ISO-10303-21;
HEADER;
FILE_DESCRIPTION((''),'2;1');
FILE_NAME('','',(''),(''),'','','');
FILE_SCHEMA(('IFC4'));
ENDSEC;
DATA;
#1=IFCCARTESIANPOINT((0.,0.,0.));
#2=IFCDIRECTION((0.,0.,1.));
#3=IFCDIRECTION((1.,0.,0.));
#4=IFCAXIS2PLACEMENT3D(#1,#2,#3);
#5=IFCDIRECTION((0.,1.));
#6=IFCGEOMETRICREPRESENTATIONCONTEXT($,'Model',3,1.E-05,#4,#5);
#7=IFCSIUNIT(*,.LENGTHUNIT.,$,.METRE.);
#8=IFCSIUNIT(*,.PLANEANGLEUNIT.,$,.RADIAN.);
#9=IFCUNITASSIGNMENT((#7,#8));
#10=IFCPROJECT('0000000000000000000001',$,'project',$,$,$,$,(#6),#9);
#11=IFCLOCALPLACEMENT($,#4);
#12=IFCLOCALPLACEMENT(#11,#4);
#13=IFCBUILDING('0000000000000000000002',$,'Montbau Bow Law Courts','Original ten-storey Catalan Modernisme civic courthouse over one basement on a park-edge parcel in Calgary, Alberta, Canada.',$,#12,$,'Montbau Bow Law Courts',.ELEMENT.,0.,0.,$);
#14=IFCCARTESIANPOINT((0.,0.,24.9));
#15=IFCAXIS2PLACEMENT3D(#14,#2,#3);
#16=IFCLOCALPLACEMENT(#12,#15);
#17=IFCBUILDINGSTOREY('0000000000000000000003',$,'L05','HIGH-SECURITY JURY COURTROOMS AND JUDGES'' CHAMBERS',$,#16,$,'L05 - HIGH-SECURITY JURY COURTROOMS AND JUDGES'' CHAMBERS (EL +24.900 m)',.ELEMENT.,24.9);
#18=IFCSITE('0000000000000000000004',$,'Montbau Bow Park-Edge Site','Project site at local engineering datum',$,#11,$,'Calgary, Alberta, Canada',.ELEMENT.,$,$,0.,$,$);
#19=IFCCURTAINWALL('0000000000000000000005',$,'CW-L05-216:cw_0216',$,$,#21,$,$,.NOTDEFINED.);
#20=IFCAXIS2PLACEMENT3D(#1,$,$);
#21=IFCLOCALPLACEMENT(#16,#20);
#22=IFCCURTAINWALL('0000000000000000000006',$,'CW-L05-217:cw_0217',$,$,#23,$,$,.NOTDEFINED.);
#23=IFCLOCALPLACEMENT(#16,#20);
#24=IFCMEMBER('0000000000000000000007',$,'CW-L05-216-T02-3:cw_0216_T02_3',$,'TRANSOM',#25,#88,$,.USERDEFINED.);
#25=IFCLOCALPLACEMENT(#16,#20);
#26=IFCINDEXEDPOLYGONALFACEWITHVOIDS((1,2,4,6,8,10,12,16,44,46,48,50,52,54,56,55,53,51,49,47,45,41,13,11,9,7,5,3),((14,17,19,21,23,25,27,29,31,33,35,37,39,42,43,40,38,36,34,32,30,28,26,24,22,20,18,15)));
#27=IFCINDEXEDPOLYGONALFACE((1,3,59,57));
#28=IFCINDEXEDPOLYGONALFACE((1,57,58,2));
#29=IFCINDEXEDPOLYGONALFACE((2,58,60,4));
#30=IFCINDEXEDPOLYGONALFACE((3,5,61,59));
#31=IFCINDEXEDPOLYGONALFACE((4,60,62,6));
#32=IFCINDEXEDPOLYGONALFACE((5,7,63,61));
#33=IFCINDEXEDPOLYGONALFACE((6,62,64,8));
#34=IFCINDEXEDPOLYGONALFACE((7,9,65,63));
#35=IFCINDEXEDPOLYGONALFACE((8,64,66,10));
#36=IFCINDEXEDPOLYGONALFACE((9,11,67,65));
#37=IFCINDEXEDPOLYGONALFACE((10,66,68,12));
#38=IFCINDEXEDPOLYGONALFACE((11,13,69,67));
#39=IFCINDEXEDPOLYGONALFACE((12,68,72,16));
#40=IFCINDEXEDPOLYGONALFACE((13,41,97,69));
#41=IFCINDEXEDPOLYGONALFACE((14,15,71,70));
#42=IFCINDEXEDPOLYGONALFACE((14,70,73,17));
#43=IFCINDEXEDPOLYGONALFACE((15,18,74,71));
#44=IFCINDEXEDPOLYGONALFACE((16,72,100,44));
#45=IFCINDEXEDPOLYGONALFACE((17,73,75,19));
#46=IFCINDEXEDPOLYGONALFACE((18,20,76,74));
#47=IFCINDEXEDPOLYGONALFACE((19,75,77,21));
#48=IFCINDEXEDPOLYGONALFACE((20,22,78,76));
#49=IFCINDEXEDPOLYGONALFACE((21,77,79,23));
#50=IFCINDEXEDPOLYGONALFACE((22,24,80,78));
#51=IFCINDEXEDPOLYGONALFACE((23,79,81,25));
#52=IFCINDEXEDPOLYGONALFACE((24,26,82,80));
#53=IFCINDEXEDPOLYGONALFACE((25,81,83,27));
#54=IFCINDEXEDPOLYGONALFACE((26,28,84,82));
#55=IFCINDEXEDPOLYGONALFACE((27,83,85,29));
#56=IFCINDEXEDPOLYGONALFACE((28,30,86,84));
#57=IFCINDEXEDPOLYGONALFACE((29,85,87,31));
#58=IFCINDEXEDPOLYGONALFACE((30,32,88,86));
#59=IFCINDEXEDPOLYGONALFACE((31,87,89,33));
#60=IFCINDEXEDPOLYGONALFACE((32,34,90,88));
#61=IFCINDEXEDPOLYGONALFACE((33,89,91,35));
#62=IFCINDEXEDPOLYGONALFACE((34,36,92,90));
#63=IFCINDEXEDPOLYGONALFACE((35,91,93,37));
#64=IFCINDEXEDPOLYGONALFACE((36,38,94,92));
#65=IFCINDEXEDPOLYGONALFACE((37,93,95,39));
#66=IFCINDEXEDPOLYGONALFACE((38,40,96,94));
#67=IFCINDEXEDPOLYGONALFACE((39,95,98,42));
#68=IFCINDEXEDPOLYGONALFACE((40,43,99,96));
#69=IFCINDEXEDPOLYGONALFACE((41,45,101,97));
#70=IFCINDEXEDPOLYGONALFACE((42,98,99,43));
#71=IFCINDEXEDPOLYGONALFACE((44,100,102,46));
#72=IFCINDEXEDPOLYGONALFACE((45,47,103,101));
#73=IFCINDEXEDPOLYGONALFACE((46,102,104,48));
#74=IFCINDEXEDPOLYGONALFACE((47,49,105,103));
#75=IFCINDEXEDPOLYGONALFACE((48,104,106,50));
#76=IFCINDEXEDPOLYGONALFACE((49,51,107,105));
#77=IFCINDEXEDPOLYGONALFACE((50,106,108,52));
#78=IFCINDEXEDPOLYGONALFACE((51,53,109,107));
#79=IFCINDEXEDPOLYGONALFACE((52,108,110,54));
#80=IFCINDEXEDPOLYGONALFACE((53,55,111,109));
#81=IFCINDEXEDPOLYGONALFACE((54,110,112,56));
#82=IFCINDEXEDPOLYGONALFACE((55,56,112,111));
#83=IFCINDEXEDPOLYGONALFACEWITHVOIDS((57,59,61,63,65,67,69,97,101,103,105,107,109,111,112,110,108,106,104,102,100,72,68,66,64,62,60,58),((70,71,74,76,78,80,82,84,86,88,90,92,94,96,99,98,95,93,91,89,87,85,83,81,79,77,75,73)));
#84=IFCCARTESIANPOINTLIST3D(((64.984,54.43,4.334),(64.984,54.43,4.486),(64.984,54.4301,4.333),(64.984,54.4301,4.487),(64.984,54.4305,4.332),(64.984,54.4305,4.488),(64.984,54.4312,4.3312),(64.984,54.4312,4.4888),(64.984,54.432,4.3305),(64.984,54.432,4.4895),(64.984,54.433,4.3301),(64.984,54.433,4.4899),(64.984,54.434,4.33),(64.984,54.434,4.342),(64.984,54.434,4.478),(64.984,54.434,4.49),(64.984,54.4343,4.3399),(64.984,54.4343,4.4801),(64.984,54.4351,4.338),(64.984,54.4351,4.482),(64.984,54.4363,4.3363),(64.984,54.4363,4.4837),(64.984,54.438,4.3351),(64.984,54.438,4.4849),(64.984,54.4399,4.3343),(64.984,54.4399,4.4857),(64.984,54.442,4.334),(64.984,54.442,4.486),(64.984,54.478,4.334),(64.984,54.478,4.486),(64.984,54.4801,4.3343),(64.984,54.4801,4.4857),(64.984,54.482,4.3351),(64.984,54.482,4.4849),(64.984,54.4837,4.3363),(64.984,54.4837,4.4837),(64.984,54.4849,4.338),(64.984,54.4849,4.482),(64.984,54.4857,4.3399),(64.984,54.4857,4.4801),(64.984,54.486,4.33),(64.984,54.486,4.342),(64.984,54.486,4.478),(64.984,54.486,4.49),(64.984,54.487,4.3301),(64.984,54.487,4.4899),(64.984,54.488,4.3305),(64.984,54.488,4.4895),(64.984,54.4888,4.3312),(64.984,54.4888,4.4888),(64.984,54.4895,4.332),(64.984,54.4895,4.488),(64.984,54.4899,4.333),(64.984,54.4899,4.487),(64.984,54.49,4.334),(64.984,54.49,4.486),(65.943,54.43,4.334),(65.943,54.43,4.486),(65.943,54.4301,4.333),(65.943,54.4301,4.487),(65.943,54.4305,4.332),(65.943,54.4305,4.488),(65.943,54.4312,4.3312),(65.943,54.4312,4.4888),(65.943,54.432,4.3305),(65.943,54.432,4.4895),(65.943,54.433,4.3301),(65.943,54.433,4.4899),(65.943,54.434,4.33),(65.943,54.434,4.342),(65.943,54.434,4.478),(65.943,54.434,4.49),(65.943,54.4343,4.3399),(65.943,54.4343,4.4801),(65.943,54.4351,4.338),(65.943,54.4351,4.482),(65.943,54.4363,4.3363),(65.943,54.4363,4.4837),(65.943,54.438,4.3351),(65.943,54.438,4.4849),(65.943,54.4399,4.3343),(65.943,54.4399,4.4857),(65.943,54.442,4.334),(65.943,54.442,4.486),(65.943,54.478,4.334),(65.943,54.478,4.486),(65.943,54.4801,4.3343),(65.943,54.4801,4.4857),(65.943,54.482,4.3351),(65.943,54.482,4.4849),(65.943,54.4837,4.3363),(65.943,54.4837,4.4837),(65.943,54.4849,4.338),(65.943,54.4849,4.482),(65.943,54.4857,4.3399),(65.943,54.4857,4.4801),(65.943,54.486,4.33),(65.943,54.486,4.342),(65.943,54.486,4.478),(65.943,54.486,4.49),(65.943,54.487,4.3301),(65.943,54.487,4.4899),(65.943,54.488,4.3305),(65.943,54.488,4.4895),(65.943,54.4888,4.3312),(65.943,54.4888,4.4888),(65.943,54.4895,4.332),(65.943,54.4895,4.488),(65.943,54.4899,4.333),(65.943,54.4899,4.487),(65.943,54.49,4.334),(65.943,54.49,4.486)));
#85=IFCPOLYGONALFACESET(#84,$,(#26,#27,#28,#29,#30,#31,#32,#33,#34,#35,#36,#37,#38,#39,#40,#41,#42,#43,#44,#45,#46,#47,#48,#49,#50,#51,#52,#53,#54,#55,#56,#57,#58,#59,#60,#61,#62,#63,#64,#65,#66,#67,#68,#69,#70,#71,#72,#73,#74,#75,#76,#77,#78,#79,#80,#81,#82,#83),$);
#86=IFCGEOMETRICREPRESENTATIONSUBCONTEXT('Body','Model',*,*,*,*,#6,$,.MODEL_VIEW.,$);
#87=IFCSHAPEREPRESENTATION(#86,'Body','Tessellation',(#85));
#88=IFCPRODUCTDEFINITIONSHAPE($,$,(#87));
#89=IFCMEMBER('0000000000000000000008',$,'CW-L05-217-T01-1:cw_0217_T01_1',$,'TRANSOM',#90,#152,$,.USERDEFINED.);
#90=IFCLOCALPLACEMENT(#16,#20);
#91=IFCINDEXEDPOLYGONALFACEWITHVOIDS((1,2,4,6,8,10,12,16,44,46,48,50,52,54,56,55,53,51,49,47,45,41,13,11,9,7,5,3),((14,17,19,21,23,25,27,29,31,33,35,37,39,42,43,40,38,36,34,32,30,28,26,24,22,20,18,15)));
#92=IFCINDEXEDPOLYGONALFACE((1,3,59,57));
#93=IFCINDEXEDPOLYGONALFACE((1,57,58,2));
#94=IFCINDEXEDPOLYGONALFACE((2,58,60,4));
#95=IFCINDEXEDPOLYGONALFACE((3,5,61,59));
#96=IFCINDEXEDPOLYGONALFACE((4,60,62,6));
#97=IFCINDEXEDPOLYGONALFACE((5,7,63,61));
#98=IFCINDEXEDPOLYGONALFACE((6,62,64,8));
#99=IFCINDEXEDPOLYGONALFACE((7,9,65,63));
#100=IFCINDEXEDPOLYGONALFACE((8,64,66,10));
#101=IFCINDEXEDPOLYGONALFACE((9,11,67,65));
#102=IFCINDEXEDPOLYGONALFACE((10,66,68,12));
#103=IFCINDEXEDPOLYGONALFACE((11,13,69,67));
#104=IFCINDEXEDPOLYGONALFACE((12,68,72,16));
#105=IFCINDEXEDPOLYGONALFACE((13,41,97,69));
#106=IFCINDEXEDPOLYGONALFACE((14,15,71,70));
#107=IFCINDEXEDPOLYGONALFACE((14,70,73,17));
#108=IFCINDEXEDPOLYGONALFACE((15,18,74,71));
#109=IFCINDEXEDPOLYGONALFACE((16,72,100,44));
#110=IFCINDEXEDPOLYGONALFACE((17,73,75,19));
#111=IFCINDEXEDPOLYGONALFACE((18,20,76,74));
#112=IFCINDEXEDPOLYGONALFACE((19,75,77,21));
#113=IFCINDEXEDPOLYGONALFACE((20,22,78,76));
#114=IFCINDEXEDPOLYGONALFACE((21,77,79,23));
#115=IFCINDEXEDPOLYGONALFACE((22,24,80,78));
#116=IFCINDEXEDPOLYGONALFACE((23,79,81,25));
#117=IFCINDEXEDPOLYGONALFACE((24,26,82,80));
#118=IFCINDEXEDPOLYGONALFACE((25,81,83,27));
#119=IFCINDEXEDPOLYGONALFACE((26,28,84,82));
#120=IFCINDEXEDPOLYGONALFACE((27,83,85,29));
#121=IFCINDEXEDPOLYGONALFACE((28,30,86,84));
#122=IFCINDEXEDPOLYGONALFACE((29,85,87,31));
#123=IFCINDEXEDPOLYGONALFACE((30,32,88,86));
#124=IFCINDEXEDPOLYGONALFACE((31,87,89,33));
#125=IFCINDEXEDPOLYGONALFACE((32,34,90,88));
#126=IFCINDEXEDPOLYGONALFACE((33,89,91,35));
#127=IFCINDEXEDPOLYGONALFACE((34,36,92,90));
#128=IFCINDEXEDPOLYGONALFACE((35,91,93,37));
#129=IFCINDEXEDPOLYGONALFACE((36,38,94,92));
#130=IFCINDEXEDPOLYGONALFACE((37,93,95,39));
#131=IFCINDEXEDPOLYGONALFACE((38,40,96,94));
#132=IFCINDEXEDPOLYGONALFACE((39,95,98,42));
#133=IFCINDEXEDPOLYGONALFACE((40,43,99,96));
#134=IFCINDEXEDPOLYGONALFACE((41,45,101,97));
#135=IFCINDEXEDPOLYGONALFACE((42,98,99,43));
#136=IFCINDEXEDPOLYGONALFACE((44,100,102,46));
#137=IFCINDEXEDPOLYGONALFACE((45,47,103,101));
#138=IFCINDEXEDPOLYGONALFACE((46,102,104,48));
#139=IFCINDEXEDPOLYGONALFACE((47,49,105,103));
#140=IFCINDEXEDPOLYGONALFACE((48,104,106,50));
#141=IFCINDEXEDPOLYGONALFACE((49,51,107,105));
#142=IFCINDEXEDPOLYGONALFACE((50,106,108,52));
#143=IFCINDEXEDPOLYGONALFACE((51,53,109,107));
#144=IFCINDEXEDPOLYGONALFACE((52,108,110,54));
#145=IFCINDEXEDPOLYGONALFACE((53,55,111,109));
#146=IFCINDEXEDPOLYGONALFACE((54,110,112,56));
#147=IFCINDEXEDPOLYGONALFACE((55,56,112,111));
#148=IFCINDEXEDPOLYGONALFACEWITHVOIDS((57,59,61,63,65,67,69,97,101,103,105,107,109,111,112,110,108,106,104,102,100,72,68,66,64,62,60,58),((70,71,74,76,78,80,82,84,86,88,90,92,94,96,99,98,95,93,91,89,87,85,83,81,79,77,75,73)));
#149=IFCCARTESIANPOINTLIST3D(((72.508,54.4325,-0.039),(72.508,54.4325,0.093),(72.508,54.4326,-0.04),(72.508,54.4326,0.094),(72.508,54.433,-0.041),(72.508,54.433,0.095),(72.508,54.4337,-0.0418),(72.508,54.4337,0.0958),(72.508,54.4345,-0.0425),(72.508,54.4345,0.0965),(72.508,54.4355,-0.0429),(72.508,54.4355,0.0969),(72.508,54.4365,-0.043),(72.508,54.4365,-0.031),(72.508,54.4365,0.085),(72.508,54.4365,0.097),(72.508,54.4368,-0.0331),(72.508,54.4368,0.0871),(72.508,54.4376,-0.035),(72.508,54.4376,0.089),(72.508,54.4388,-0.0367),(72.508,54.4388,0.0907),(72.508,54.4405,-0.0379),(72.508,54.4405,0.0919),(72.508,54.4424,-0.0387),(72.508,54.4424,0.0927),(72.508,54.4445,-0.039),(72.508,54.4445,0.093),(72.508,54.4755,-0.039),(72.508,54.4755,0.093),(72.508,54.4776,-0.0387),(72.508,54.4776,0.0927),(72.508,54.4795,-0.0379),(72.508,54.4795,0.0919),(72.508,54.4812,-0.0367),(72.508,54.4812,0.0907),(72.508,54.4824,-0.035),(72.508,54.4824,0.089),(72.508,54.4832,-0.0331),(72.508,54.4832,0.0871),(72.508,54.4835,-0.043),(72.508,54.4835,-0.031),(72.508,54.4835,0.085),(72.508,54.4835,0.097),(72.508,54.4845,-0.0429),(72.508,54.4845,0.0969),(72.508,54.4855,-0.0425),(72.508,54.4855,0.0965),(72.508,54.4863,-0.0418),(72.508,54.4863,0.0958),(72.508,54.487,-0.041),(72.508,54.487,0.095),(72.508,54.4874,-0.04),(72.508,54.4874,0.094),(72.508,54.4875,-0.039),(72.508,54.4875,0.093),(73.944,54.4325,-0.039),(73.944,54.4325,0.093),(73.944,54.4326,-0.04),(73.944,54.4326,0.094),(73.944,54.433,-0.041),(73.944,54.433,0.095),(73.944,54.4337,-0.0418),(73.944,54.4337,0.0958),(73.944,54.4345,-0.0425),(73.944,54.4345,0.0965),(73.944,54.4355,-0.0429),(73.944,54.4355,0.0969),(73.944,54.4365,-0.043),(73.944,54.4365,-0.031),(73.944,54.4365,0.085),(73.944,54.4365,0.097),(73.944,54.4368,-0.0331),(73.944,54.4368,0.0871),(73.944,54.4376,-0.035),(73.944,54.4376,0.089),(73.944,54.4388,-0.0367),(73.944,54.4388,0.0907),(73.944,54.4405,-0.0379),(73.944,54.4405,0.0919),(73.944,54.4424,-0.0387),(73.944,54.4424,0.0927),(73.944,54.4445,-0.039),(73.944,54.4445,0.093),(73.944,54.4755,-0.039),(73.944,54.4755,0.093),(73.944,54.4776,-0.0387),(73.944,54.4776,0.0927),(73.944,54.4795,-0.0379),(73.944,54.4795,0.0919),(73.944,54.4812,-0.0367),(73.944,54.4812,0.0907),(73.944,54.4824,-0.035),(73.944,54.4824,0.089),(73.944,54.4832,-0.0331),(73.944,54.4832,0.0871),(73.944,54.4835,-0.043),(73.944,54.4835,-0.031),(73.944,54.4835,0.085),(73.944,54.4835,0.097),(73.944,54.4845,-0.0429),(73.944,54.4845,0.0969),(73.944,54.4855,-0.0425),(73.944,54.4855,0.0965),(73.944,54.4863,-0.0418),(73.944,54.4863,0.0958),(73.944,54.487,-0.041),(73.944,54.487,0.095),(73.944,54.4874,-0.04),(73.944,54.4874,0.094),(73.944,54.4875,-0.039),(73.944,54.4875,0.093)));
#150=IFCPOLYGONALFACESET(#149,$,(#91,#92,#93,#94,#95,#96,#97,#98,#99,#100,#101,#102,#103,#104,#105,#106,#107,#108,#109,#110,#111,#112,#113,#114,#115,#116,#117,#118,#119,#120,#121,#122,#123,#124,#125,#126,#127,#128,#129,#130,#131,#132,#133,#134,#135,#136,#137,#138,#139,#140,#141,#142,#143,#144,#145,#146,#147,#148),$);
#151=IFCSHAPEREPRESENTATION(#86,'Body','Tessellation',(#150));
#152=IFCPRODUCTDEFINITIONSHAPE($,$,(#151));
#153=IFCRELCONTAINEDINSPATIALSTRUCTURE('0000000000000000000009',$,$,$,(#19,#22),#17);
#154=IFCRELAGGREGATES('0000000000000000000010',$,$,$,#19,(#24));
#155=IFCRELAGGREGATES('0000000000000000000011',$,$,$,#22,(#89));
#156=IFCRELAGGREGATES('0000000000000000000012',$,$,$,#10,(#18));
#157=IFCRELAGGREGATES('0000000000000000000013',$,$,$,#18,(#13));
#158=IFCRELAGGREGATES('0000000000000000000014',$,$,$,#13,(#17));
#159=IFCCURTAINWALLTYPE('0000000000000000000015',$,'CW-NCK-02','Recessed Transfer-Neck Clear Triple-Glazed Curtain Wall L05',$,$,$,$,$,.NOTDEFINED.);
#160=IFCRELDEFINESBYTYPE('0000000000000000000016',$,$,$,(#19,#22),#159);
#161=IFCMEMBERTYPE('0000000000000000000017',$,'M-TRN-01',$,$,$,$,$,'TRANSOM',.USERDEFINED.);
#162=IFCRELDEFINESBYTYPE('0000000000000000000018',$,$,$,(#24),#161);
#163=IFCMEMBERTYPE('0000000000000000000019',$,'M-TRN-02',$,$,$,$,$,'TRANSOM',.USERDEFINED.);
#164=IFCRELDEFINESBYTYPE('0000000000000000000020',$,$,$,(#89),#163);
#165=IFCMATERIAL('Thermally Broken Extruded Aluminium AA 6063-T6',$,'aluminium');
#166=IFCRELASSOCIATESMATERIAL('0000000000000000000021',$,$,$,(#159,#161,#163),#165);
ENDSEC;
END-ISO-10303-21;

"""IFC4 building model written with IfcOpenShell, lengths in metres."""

from ifc_helpers import new_model, si_unit, direction, frame, origin_with_axes, origin_2d_with_axis, place, context, subcontext, project, spatial, hollow_rectangle, extrude, material, material_profile, profile_set, type_object, element, aggregate, save


model = new_model("IFC4")

# Units and contexts
model_context = context("Model", 3, precision=1e-05, world=origin_with_axes(), true_north=direction((0.0, 1.0)))
body_context = subcontext(model_context, "Body", "Model", "MODEL_VIEW")
ifc_project = project(units=[si_unit("LENGTHUNIT", "METRE"), si_unit("PLANEANGLEUNIT", "RADIAN")], contexts=[model_context])

# Site, building, storey
site_placement = place(None, origin_with_axes())
site = spatial("IfcSite", under=ifc_project, at=site_placement, Name="Montbau Bow Park-Edge Site", Description="Project site at local engineering datum", LongName="Calgary, Alberta, Canada", CompositionType="ELEMENT", RefElevation=0.0)
building_placement = place(site_placement, origin_with_axes())
building = spatial("IfcBuilding", under=site, at=building_placement, Name="Montbau Bow Law Courts", Description="Original ten-storey Catalan Modernisme civic courthouse over one basement on a park-edge parcel in Calgary, Alberta, Canada.", LongName="Montbau Bow Law Courts", CompositionType="ELEMENT", ElevationOfRefHeight=0.0, ElevationOfTerrain=0.0)
storey_placement = place(building_placement, frame((0.0, 0.0, 24.9), z_axis=(0.0, 0.0, 1.0), x_axis=(1.0, 0.0, 0.0)))
storey = spatial("IfcBuildingStorey", under=building, at=storey_placement, Name="L05", Description="HIGH-SECURITY JURY COURTROOMS AND JUDGES' CHAMBERS", LongName="L05 - HIGH-SECURITY JURY COURTROOMS AND JUDGES' CHAMBERS (EL +24.900 m)", CompositionType="ELEMENT", Elevation=24.9)

# Curtain walls
ifc_material_1 = material(Name="Thermally Broken Extruded Aluminium AA 6063-T6", Category="aluminium")
curtain_wall_type = type_object("IfcCurtainWallType", Name="CW-NCK-02", Description="Recessed Transfer-Neck Clear Triple-Glazed Curtain Wall L05", PredefinedType="NOTDEFINED", material=ifc_material_1)
curtain_wall_1_placement = place(None, frame((63.868, 54.46, 24.9), z_axis=(0.0, 0.0, 1.0), x_axis=(1.0, 0.0, 0.0)))
curtain_wall_1 = element("IfcCurtainWall", 1, at=curtain_wall_1_placement, inside=storey, type_object=curtain_wall_type, Name="CW-L05-216:cw_0216", PredefinedType="NOTDEFINED")
curtain_wall_2_placement = place(None, frame((72.44, 54.46, 24.9), z_axis=(0.0, 0.0, 1.0), x_axis=(1.0, 0.0, 0.0)))
curtain_wall_2 = element("IfcCurtainWall", 2, at=curtain_wall_2_placement, inside=storey, type_object=curtain_wall_type, Name="CW-L05-217:cw_0217", PredefinedType="NOTDEFINED")

# Members
ifc_material_profile_1 = material_profile(ifc_material_1, hollow_rectangle(XDim=0.06, YDim=0.16, WallThickness=0.004, InnerFilletRadius=0.008, OuterFilletRadius=0.004, at=origin_2d_with_axis()), Name="CWT-160X60", Category="Main", Priority=0)
ifc_profile_set_1 = profile_set([ifc_material_profile_1], Name="Thermally Broken Extruded Aluminium AA 6063-T6")
member_type_1 = type_object("IfcMemberType", Name="M-TRN-01", ElementType="TRANSOM", PredefinedType="USERDEFINED", material=ifc_profile_set_1)
member_1_placement = place(None, frame((64.984, 54.46, 29.31), z_axis=(1.0, 0.0, 0.0), x_axis=(0.0, 1.0, 0.0)))
member_1 = element("IfcMember", 3, at=member_1_placement, type_object=member_type_1, Name="CW-L05-216-T02-3:cw_0216_T02_3", ObjectType="TRANSOM", PredefinedType="USERDEFINED", context=body_context, shape_type="SweptSolid", body=[
    extrude(hollow_rectangle(XDim=0.06, YDim=0.16, WallThickness=0.004, InnerFilletRadius=0.008, OuterFilletRadius=0.004, at=origin_2d_with_axis()), origin_with_axes(), (0.0, 0.0, 1.0), 0.959),
])
aggregate(curtain_wall_1, [member_1])
ifc_material_profile_2 = material_profile(ifc_material_1, hollow_rectangle(XDim=0.055, YDim=0.14, WallThickness=0.004, InnerFilletRadius=0.008, OuterFilletRadius=0.004, at=origin_2d_with_axis()), Name="CWT-140X55", Category="Main", Priority=0)
ifc_profile_set_2 = profile_set([ifc_material_profile_2], Name="Thermally Broken Extruded Aluminium AA 6063-T6")
member_type_2 = type_object("IfcMemberType", Name="M-TRN-02", ElementType="TRANSOM", PredefinedType="USERDEFINED", material=ifc_profile_set_2)
member_2_placement = place(None, frame((72.508, 54.46, 24.927), z_axis=(1.0, 0.0, 0.0), x_axis=(0.0, 1.0, 0.0)))
member_2 = element("IfcMember", 4, at=member_2_placement, type_object=member_type_2, Name="CW-L05-217-T01-1:cw_0217_T01_1", ObjectType="TRANSOM", PredefinedType="USERDEFINED", context=body_context, shape_type="SweptSolid", body=[
    extrude(hollow_rectangle(XDim=0.055, YDim=0.14, WallThickness=0.004, InnerFilletRadius=0.008, OuterFilletRadius=0.004, at=origin_2d_with_axis()), origin_with_axes(), (0.0, 0.0, 1.0), 1.436),
])

aggregate(curtain_wall_2, [member_2])

save(model, "model.ifc")
